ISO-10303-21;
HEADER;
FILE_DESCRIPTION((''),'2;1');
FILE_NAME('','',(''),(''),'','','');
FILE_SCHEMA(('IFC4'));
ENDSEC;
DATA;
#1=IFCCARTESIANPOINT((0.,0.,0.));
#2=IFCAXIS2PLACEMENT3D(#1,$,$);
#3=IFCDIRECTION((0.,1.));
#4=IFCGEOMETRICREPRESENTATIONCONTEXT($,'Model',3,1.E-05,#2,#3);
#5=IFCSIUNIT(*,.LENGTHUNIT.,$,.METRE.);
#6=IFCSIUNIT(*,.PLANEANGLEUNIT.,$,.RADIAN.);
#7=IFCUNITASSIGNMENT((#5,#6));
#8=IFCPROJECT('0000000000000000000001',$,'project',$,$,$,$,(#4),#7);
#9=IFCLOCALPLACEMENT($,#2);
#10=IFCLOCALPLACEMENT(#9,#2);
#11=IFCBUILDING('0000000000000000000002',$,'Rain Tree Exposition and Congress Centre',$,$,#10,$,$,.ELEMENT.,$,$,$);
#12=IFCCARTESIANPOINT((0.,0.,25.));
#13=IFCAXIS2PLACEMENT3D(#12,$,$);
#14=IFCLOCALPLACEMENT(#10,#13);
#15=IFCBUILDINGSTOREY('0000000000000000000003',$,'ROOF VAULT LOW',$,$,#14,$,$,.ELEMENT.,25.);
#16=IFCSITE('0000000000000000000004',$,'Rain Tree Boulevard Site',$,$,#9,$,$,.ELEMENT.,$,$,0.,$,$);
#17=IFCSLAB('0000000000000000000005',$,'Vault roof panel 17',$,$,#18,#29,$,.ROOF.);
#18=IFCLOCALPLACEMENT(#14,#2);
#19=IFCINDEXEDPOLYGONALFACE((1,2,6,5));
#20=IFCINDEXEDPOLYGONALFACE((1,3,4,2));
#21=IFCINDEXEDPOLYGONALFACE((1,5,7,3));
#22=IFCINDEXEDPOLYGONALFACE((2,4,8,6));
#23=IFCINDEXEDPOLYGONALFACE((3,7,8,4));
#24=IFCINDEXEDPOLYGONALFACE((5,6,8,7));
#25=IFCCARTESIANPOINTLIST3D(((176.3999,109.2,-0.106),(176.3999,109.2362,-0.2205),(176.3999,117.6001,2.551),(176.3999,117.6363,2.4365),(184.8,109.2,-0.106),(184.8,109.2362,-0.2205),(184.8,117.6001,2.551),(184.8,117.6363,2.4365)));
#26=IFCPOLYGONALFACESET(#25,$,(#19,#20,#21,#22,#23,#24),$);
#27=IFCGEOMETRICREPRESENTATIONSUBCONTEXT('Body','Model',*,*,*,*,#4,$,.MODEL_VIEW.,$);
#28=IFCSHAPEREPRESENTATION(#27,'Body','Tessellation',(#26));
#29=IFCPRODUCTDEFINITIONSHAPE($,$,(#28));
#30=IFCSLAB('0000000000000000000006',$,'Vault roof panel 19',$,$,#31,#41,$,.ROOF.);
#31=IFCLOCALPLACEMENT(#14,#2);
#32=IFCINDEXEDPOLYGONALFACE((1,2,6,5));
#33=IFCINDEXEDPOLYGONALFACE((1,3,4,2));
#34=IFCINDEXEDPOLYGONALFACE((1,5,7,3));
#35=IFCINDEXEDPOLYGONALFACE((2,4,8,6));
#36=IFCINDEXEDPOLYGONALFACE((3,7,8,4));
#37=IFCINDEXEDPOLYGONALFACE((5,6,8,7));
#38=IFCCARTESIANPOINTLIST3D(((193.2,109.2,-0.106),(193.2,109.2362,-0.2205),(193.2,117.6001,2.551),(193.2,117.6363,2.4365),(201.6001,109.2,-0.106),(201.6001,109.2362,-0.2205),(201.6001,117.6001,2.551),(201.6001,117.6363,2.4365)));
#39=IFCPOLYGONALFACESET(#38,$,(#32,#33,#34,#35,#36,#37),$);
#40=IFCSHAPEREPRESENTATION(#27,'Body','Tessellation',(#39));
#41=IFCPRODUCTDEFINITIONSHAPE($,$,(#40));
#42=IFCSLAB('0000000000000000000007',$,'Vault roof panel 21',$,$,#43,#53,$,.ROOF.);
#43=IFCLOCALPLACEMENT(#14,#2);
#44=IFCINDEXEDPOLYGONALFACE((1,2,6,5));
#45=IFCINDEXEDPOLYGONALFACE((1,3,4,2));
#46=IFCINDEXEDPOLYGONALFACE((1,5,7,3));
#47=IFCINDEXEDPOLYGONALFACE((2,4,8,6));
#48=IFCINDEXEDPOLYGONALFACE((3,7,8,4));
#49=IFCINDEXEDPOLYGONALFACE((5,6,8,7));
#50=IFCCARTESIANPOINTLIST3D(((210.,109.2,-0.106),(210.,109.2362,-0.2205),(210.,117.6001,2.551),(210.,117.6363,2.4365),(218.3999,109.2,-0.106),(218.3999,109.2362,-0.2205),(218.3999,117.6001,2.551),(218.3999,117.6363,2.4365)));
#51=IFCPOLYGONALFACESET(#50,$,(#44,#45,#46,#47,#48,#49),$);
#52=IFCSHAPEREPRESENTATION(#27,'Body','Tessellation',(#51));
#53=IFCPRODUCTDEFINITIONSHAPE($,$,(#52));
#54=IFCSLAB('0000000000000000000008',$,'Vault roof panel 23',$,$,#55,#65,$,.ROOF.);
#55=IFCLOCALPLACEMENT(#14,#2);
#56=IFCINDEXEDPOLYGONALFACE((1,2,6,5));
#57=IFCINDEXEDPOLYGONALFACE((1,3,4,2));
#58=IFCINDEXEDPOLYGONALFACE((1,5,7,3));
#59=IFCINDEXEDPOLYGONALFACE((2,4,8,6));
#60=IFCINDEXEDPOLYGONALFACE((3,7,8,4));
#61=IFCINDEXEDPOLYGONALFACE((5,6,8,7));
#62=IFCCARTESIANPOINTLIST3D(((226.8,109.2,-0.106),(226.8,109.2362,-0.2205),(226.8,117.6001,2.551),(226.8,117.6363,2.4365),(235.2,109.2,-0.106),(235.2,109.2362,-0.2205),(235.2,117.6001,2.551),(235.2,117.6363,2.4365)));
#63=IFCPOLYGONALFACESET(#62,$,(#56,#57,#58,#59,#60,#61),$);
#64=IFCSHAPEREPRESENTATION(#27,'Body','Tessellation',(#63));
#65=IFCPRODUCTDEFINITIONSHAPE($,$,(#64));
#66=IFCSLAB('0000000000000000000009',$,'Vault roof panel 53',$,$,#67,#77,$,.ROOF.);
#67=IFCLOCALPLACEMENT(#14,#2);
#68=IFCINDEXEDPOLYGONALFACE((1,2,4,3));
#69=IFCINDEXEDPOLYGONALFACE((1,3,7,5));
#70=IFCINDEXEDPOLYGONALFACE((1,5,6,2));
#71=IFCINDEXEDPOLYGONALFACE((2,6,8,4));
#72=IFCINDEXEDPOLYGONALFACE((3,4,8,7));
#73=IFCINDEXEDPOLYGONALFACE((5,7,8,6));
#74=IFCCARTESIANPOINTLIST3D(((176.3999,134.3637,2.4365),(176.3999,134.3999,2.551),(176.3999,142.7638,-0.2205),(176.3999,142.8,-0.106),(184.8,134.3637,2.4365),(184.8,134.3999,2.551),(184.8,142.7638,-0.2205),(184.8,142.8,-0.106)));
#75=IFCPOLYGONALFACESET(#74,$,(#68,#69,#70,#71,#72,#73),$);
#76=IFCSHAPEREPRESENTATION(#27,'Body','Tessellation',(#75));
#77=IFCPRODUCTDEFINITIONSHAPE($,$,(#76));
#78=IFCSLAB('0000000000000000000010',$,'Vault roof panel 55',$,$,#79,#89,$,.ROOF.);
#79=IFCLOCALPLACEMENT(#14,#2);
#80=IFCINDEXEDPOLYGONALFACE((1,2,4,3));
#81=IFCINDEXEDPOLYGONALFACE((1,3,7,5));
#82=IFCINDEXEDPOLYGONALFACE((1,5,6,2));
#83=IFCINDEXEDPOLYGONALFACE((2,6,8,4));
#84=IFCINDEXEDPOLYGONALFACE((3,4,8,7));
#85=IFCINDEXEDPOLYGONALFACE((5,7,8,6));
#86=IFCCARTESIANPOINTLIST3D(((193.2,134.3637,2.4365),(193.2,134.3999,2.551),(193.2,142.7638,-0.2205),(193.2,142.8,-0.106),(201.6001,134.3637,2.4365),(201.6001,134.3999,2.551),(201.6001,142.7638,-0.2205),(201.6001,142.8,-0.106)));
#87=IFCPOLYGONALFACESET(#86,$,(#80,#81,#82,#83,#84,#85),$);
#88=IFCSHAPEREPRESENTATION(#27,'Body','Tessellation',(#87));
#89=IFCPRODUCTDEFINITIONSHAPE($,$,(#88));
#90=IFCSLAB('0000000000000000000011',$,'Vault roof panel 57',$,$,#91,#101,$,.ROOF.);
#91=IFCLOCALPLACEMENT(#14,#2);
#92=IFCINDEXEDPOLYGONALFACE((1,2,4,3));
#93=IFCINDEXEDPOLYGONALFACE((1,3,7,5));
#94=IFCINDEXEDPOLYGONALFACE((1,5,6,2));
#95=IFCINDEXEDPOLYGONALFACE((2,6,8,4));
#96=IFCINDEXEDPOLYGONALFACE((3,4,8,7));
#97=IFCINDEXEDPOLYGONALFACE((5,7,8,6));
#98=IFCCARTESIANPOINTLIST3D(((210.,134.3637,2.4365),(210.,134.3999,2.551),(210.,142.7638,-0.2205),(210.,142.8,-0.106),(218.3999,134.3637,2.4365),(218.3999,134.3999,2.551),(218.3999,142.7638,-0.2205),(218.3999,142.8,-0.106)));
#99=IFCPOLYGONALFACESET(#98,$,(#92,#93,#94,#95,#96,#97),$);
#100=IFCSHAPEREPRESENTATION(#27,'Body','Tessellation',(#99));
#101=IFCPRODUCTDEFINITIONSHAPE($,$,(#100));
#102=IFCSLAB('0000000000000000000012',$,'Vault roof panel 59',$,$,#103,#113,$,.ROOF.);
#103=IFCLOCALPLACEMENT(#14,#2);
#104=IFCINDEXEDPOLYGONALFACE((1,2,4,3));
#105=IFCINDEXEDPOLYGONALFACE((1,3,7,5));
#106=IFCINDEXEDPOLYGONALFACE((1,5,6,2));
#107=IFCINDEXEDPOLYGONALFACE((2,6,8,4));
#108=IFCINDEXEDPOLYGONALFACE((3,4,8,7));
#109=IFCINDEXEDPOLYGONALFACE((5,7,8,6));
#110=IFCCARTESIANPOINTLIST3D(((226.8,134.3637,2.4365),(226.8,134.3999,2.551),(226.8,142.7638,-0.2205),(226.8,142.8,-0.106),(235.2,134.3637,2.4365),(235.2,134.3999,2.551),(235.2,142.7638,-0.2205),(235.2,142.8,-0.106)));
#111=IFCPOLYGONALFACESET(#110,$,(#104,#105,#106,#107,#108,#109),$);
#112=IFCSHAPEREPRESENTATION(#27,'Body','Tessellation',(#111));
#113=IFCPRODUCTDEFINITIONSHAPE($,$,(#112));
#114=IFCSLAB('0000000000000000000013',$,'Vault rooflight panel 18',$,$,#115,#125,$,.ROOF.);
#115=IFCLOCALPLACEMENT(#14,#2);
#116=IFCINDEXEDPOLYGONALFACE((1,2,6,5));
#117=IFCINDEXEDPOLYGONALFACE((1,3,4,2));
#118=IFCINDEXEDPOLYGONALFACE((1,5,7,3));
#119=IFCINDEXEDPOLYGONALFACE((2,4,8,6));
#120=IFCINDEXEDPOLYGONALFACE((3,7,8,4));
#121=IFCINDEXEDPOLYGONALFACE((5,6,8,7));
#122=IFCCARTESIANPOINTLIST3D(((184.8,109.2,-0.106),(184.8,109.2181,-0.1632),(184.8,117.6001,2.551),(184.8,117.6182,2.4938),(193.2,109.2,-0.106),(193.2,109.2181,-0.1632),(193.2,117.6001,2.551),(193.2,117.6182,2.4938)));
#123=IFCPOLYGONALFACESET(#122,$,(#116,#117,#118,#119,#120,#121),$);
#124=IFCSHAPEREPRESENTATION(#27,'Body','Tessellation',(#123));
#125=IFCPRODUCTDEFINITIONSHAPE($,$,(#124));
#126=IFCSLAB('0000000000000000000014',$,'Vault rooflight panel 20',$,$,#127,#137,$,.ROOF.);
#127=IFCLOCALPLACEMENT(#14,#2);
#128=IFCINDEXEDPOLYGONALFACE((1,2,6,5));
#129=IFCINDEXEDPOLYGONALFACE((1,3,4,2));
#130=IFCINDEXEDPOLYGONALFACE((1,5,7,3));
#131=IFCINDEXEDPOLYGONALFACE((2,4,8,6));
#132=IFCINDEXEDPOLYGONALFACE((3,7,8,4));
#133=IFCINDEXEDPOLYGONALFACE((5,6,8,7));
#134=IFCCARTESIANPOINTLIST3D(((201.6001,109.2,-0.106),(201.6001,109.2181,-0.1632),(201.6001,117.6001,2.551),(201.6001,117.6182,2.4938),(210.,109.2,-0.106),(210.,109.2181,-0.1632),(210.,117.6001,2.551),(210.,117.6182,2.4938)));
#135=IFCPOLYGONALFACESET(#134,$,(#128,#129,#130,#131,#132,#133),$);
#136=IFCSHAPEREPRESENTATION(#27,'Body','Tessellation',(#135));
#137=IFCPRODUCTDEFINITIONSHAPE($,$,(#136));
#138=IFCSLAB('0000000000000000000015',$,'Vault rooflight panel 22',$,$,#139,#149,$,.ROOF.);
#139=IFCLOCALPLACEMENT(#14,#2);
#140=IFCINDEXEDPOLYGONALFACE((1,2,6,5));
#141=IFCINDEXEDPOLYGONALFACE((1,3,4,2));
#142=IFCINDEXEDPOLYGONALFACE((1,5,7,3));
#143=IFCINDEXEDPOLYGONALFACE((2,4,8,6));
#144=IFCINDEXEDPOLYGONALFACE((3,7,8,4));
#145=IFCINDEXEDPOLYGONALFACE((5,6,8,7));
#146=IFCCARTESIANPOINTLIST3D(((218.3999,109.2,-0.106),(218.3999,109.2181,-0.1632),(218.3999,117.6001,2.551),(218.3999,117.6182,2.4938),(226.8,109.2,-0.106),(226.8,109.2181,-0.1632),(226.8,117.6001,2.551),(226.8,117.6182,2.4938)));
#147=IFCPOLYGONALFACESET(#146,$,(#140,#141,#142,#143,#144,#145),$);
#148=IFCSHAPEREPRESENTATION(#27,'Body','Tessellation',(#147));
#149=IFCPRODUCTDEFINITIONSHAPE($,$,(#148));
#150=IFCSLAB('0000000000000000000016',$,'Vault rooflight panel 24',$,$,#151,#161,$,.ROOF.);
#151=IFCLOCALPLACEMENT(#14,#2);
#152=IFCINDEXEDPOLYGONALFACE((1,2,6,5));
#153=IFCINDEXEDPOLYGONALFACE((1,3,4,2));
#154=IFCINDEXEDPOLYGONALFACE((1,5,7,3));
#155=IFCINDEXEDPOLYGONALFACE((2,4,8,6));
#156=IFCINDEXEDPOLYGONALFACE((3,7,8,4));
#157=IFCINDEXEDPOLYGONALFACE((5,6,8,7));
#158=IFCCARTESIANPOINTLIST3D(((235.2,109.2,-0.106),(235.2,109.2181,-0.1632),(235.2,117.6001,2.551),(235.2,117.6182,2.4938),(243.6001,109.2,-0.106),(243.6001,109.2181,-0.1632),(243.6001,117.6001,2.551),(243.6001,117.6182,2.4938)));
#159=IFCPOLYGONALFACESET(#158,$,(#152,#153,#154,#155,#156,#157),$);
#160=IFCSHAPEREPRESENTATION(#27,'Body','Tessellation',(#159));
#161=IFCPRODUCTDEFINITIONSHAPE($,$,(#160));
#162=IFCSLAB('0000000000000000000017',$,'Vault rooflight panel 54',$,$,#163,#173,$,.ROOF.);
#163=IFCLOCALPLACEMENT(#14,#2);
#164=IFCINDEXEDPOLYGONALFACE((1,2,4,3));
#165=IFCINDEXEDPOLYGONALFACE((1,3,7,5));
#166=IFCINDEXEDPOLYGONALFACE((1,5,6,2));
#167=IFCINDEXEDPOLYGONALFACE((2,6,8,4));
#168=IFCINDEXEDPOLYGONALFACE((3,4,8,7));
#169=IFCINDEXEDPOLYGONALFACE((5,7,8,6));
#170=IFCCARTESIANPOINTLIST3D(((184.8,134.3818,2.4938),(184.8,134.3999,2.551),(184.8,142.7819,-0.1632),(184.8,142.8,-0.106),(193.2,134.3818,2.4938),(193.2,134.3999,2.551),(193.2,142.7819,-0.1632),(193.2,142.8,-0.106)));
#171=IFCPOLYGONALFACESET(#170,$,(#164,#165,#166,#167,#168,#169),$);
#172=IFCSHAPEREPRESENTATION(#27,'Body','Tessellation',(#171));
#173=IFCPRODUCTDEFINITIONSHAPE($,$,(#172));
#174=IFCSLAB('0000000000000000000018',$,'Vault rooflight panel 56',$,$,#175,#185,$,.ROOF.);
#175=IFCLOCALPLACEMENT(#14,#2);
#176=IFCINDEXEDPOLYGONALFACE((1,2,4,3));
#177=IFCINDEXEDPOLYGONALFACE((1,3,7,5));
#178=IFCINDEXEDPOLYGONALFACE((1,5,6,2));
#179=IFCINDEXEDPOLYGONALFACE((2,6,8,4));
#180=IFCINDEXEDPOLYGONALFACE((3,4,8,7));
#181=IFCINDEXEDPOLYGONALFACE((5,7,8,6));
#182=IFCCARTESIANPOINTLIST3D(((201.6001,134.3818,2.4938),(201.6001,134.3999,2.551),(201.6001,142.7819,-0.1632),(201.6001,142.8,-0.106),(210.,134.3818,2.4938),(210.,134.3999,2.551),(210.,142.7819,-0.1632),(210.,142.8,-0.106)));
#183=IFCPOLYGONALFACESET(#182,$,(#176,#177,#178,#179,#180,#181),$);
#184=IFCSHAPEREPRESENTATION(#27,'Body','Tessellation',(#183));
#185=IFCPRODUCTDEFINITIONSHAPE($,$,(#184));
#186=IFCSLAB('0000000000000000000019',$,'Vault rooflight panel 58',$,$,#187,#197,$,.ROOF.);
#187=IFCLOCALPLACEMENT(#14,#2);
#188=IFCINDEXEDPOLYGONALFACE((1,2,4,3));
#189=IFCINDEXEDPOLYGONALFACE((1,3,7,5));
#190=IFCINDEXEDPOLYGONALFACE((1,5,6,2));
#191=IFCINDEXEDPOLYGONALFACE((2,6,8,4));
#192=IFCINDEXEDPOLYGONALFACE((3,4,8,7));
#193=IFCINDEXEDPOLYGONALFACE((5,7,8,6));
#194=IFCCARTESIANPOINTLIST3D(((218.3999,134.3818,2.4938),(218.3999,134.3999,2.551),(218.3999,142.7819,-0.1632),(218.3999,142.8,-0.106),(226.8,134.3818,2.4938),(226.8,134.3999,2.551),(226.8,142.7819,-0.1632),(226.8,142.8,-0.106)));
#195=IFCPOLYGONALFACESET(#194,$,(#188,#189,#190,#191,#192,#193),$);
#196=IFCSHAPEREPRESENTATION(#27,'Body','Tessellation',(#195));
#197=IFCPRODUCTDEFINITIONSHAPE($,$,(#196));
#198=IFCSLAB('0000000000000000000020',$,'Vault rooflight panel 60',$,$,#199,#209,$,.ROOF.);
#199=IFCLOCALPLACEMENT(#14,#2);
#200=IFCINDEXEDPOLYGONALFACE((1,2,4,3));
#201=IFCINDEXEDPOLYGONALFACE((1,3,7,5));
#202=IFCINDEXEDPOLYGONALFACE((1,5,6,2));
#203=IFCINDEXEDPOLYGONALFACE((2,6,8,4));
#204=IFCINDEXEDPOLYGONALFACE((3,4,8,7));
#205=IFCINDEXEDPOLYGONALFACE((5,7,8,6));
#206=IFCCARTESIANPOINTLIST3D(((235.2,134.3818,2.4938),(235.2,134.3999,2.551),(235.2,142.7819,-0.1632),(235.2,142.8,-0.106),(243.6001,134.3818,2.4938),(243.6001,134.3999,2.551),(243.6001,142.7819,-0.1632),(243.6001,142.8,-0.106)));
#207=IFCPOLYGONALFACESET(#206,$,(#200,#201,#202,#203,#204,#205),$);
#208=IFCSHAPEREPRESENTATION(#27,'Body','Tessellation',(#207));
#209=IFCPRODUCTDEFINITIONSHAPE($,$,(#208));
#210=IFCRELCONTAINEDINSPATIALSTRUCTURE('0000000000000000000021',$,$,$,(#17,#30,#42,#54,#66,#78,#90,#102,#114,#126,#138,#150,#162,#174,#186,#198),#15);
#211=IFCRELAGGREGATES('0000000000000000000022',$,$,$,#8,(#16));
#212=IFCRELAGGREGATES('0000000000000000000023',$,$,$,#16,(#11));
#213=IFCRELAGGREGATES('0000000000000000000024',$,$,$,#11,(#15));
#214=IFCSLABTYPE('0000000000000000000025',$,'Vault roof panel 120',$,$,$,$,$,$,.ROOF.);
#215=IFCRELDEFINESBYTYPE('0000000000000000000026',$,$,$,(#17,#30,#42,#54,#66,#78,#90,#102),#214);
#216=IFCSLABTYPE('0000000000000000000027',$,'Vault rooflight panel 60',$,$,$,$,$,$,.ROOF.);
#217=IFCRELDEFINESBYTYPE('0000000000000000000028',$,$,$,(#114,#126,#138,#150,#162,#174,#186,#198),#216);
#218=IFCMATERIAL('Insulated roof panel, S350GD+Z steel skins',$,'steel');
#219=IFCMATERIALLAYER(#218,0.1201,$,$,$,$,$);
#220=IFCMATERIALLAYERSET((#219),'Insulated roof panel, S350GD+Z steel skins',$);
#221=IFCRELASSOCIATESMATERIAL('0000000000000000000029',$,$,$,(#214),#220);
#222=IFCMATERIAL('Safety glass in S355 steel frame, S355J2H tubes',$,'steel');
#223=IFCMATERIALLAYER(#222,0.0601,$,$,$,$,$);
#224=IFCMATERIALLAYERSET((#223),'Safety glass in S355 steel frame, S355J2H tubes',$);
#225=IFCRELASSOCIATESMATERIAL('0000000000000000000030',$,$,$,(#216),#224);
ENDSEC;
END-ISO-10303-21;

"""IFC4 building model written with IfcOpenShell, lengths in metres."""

from ifc_helpers import new_model, si_unit, direction, frame, origin, place, context, subcontext, project, spatial, polyline, outline, extrude, material, layer, layer_set, type_object, element, save


model = new_model("IFC4")

# Units and contexts
model_context = context("Model", 3, precision=1e-05, world=origin(), true_north=direction((0.0, 1.0)))
body_context = subcontext(model_context, "Body", "Model", "MODEL_VIEW")
ifc_project = project(units=[si_unit("LENGTHUNIT", "METRE"), si_unit("PLANEANGLEUNIT", "RADIAN")], contexts=[model_context])

# Site, building, storey
site_placement = place(None, origin())
site = spatial("IfcSite", under=ifc_project, at=site_placement, Name="Rain Tree Boulevard Site", CompositionType="ELEMENT", RefElevation=0.0)
building_placement = place(site_placement, origin())
building = spatial("IfcBuilding", under=site, at=building_placement, Name="Rain Tree Exposition and Congress Centre", CompositionType="ELEMENT")
storey_placement = place(building_placement, frame((0.0, 0.0, 25.0)))
storey = spatial("IfcBuildingStorey", under=building, at=storey_placement, Name="ROOF VAULT LOW", CompositionType="ELEMENT", Elevation=25.0)

# Slabs
ifc_material_1 = material(Name="Insulated roof panel, S350GD+Z steel skins", Category="steel")
ifc_layer_1 = layer(ifc_material_1, 0.1201)
ifc_layer_set_1 = layer_set([ifc_layer_1], Name="Insulated roof panel, S350GD+Z steel skins")
slab_type_1 = type_object("IfcSlabType", Name="Vault roof panel 120", PredefinedType="ROOF", material=ifc_layer_set_1)
for number, where, z_axis, x_axis, name in (
    (1, (176.3999, 109.2, -0.106), (0.0, -0.301576, 0.953442), (1.0, 0.0, 0.0), "Vault roof panel 17"),
    (2, (193.2, 109.2, -0.106), (0.0, -0.301576, 0.953442), (1.0, 0.0, 0.0), "Vault roof panel 19"),
):
    element("IfcSlab", number, at=place(storey_placement, frame(where, z_axis=z_axis, x_axis=x_axis)), inside=storey, type_object=slab_type_1, Name=name, PredefinedType="ROOF", context=body_context, shape_type="SweptSolid", body=[
        extrude(outline(polyline([(0.0, 0.0), (8.4001, 0.0), (8.4001, 8.8103), (0.0, 8.8103), (0.0, 0.0)])), origin(), (0.0, 0.0, -1.0), 0.1201),
    ])
for number, where, z_axis, x_axis, name in (
    (3, (210.0, 109.2, -0.106), (0.0, -0.301576, 0.953442), (1.0, 0.0, 0.0), "Vault roof panel 21"),
    (4, (226.8, 109.2, -0.106), (0.0, -0.301576, 0.953442), (1.0, 0.0, 0.0), "Vault roof panel 23"),
):
    element("IfcSlab", number, at=place(storey_placement, frame(where, z_axis=z_axis, x_axis=x_axis)), inside=storey, type_object=slab_type_1, Name=name, PredefinedType="ROOF", context=body_context, shape_type="SweptSolid", body=[
        extrude(outline(polyline([(0.0, 0.0), (8.3999, 0.0), (8.3999, 8.8103), (0.0, 8.8103), (0.0, 0.0)])), origin(), (0.0, 0.0, -1.0), 0.1201),
    ])
for number, where, z_axis, x_axis, name in (
    (5, (176.3999, 134.3999, 2.551), (0.0, 0.301576, 0.953442), (1.0, 0.0, 0.0), "Vault roof panel 53"),
    (6, (193.2, 134.3999, 2.551), (0.0, 0.301576, 0.953442), (1.0, 0.0, 0.0), "Vault roof panel 55"),
):
    element("IfcSlab", number, at=place(storey_placement, frame(where, z_axis=z_axis, x_axis=x_axis)), inside=storey, type_object=slab_type_1, Name=name, PredefinedType="ROOF", context=body_context, shape_type="SweptSolid", body=[
        extrude(outline(polyline([(0.0, 0.0), (8.4001, 0.0), (8.4001, 8.8103), (0.0, 8.8103), (0.0, 0.0)])), origin(), (0.0, 0.0, -1.0), 0.1201),
    ])
for number, where, z_axis, x_axis, name in (
    (7, (210.0, 134.3999, 2.551), (0.0, 0.301576, 0.953442), (1.0, 0.0, 0.0), "Vault roof panel 57"),
    (8, (226.8, 134.3999, 2.551), (0.0, 0.301576, 0.953442), (1.0, 0.0, 0.0), "Vault roof panel 59"),
):
    element("IfcSlab", number, at=place(storey_placement, frame(where, z_axis=z_axis, x_axis=x_axis)), inside=storey, type_object=slab_type_1, Name=name, PredefinedType="ROOF", context=body_context, shape_type="SweptSolid", body=[
        extrude(outline(polyline([(0.0, 0.0), (8.3999, 0.0), (8.3999, 8.8103), (0.0, 8.8103), (0.0, 0.0)])), origin(), (0.0, 0.0, -1.0), 0.1201),
    ])
ifc_material_2 = material(Name="Safety glass in S355 steel frame, S355J2H tubes", Category="steel")
ifc_layer_2 = layer(ifc_material_2, 0.0601)
ifc_layer_set_2 = layer_set([ifc_layer_2], Name="Safety glass in S355 steel frame, S355J2H tubes")
slab_type_2 = type_object("IfcSlabType", Name="Vault rooflight panel 60", PredefinedType="ROOF", material=ifc_layer_set_2)
for number, where, z_axis, x_axis, name in (
    (9, (184.8, 109.2, -0.106), (0.0, -0.301576, 0.953442), (1.0, 0.0, 0.0), "Vault rooflight panel 18"),
    (10, (201.6001, 109.2, -0.106), (0.0, -0.301576, 0.953442), (1.0, 0.0, 0.0), "Vault rooflight panel 20"),
):
    element("IfcSlab", number, at=place(storey_placement, frame(where, z_axis=z_axis, x_axis=x_axis)), inside=storey, type_object=slab_type_2, Name=name, PredefinedType="ROOF", context=body_context, shape_type="SweptSolid", body=[
        extrude(outline(polyline([(0.0, 0.0), (8.3999, 0.0), (8.3999, 8.8103), (0.0, 8.8103), (0.0, 0.0)])), origin(), (0.0, 0.0, -1.0), 0.0601),
    ])
for number, where, z_axis, x_axis, name in (
    (11, (218.3999, 109.2, -0.106), (0.0, -0.301576, 0.953442), (1.0, 0.0, 0.0), "Vault rooflight panel 22"),
    (12, (235.2, 109.2, -0.106), (0.0, -0.301576, 0.953442), (1.0, 0.0, 0.0), "Vault rooflight panel 24"),
):
    element("IfcSlab", number, at=place(storey_placement, frame(where, z_axis=z_axis, x_axis=x_axis)), inside=storey, type_object=slab_type_2, Name=name, PredefinedType="ROOF", context=body_context, shape_type="SweptSolid", body=[
        extrude(outline(polyline([(0.0, 0.0), (8.4001, 0.0), (8.4001, 8.8103), (0.0, 8.8103), (0.0, 0.0)])), origin(), (0.0, 0.0, -1.0), 0.0601),
    ])
for number, where, z_axis, x_axis, name in (
    (13, (184.8, 134.3999, 2.551), (0.0, 0.301576, 0.953442), (1.0, 0.0, 0.0), "Vault rooflight panel 54"),
    (14, (201.6001, 134.3999, 2.551), (0.0, 0.301576, 0.953442), (1.0, 0.0, 0.0), "Vault rooflight panel 56"),
):
    element("IfcSlab", number, at=place(storey_placement, frame(where, z_axis=z_axis, x_axis=x_axis)), inside=storey, type_object=slab_type_2, Name=name, PredefinedType="ROOF", context=body_context, shape_type="SweptSolid", body=[
        extrude(outline(polyline([(0.0, 0.0), (8.3999, 0.0), (8.3999, 8.8103), (0.0, 8.8103), (0.0, 0.0)])), origin(), (0.0, 0.0, -1.0), 0.0601),
    ])
for number, where, z_axis, x_axis, name in (
    (15, (218.3999, 134.3999, 2.551), (0.0, 0.301576, 0.953442), (1.0, 0.0, 0.0), "Vault rooflight panel 58"),
    (16, (235.2, 134.3999, 2.551), (0.0, 0.301576, 0.953442), (1.0, 0.0, 0.0), "Vault rooflight panel 60"),
):
    element("IfcSlab", number, at=place(storey_placement, frame(where, z_axis=z_axis, x_axis=x_axis)), inside=storey, type_object=slab_type_2, Name=name, PredefinedType="ROOF", context=body_context, shape_type="SweptSolid", body=[
        extrude(outline(polyline([(0.0, 0.0), (8.4001, 0.0), (8.4001, 8.8103), (0.0, 8.8103), (0.0, 0.0)])), origin(), (0.0, 0.0, -1.0), 0.0601),
    ])

save(model, "model.ifc")
